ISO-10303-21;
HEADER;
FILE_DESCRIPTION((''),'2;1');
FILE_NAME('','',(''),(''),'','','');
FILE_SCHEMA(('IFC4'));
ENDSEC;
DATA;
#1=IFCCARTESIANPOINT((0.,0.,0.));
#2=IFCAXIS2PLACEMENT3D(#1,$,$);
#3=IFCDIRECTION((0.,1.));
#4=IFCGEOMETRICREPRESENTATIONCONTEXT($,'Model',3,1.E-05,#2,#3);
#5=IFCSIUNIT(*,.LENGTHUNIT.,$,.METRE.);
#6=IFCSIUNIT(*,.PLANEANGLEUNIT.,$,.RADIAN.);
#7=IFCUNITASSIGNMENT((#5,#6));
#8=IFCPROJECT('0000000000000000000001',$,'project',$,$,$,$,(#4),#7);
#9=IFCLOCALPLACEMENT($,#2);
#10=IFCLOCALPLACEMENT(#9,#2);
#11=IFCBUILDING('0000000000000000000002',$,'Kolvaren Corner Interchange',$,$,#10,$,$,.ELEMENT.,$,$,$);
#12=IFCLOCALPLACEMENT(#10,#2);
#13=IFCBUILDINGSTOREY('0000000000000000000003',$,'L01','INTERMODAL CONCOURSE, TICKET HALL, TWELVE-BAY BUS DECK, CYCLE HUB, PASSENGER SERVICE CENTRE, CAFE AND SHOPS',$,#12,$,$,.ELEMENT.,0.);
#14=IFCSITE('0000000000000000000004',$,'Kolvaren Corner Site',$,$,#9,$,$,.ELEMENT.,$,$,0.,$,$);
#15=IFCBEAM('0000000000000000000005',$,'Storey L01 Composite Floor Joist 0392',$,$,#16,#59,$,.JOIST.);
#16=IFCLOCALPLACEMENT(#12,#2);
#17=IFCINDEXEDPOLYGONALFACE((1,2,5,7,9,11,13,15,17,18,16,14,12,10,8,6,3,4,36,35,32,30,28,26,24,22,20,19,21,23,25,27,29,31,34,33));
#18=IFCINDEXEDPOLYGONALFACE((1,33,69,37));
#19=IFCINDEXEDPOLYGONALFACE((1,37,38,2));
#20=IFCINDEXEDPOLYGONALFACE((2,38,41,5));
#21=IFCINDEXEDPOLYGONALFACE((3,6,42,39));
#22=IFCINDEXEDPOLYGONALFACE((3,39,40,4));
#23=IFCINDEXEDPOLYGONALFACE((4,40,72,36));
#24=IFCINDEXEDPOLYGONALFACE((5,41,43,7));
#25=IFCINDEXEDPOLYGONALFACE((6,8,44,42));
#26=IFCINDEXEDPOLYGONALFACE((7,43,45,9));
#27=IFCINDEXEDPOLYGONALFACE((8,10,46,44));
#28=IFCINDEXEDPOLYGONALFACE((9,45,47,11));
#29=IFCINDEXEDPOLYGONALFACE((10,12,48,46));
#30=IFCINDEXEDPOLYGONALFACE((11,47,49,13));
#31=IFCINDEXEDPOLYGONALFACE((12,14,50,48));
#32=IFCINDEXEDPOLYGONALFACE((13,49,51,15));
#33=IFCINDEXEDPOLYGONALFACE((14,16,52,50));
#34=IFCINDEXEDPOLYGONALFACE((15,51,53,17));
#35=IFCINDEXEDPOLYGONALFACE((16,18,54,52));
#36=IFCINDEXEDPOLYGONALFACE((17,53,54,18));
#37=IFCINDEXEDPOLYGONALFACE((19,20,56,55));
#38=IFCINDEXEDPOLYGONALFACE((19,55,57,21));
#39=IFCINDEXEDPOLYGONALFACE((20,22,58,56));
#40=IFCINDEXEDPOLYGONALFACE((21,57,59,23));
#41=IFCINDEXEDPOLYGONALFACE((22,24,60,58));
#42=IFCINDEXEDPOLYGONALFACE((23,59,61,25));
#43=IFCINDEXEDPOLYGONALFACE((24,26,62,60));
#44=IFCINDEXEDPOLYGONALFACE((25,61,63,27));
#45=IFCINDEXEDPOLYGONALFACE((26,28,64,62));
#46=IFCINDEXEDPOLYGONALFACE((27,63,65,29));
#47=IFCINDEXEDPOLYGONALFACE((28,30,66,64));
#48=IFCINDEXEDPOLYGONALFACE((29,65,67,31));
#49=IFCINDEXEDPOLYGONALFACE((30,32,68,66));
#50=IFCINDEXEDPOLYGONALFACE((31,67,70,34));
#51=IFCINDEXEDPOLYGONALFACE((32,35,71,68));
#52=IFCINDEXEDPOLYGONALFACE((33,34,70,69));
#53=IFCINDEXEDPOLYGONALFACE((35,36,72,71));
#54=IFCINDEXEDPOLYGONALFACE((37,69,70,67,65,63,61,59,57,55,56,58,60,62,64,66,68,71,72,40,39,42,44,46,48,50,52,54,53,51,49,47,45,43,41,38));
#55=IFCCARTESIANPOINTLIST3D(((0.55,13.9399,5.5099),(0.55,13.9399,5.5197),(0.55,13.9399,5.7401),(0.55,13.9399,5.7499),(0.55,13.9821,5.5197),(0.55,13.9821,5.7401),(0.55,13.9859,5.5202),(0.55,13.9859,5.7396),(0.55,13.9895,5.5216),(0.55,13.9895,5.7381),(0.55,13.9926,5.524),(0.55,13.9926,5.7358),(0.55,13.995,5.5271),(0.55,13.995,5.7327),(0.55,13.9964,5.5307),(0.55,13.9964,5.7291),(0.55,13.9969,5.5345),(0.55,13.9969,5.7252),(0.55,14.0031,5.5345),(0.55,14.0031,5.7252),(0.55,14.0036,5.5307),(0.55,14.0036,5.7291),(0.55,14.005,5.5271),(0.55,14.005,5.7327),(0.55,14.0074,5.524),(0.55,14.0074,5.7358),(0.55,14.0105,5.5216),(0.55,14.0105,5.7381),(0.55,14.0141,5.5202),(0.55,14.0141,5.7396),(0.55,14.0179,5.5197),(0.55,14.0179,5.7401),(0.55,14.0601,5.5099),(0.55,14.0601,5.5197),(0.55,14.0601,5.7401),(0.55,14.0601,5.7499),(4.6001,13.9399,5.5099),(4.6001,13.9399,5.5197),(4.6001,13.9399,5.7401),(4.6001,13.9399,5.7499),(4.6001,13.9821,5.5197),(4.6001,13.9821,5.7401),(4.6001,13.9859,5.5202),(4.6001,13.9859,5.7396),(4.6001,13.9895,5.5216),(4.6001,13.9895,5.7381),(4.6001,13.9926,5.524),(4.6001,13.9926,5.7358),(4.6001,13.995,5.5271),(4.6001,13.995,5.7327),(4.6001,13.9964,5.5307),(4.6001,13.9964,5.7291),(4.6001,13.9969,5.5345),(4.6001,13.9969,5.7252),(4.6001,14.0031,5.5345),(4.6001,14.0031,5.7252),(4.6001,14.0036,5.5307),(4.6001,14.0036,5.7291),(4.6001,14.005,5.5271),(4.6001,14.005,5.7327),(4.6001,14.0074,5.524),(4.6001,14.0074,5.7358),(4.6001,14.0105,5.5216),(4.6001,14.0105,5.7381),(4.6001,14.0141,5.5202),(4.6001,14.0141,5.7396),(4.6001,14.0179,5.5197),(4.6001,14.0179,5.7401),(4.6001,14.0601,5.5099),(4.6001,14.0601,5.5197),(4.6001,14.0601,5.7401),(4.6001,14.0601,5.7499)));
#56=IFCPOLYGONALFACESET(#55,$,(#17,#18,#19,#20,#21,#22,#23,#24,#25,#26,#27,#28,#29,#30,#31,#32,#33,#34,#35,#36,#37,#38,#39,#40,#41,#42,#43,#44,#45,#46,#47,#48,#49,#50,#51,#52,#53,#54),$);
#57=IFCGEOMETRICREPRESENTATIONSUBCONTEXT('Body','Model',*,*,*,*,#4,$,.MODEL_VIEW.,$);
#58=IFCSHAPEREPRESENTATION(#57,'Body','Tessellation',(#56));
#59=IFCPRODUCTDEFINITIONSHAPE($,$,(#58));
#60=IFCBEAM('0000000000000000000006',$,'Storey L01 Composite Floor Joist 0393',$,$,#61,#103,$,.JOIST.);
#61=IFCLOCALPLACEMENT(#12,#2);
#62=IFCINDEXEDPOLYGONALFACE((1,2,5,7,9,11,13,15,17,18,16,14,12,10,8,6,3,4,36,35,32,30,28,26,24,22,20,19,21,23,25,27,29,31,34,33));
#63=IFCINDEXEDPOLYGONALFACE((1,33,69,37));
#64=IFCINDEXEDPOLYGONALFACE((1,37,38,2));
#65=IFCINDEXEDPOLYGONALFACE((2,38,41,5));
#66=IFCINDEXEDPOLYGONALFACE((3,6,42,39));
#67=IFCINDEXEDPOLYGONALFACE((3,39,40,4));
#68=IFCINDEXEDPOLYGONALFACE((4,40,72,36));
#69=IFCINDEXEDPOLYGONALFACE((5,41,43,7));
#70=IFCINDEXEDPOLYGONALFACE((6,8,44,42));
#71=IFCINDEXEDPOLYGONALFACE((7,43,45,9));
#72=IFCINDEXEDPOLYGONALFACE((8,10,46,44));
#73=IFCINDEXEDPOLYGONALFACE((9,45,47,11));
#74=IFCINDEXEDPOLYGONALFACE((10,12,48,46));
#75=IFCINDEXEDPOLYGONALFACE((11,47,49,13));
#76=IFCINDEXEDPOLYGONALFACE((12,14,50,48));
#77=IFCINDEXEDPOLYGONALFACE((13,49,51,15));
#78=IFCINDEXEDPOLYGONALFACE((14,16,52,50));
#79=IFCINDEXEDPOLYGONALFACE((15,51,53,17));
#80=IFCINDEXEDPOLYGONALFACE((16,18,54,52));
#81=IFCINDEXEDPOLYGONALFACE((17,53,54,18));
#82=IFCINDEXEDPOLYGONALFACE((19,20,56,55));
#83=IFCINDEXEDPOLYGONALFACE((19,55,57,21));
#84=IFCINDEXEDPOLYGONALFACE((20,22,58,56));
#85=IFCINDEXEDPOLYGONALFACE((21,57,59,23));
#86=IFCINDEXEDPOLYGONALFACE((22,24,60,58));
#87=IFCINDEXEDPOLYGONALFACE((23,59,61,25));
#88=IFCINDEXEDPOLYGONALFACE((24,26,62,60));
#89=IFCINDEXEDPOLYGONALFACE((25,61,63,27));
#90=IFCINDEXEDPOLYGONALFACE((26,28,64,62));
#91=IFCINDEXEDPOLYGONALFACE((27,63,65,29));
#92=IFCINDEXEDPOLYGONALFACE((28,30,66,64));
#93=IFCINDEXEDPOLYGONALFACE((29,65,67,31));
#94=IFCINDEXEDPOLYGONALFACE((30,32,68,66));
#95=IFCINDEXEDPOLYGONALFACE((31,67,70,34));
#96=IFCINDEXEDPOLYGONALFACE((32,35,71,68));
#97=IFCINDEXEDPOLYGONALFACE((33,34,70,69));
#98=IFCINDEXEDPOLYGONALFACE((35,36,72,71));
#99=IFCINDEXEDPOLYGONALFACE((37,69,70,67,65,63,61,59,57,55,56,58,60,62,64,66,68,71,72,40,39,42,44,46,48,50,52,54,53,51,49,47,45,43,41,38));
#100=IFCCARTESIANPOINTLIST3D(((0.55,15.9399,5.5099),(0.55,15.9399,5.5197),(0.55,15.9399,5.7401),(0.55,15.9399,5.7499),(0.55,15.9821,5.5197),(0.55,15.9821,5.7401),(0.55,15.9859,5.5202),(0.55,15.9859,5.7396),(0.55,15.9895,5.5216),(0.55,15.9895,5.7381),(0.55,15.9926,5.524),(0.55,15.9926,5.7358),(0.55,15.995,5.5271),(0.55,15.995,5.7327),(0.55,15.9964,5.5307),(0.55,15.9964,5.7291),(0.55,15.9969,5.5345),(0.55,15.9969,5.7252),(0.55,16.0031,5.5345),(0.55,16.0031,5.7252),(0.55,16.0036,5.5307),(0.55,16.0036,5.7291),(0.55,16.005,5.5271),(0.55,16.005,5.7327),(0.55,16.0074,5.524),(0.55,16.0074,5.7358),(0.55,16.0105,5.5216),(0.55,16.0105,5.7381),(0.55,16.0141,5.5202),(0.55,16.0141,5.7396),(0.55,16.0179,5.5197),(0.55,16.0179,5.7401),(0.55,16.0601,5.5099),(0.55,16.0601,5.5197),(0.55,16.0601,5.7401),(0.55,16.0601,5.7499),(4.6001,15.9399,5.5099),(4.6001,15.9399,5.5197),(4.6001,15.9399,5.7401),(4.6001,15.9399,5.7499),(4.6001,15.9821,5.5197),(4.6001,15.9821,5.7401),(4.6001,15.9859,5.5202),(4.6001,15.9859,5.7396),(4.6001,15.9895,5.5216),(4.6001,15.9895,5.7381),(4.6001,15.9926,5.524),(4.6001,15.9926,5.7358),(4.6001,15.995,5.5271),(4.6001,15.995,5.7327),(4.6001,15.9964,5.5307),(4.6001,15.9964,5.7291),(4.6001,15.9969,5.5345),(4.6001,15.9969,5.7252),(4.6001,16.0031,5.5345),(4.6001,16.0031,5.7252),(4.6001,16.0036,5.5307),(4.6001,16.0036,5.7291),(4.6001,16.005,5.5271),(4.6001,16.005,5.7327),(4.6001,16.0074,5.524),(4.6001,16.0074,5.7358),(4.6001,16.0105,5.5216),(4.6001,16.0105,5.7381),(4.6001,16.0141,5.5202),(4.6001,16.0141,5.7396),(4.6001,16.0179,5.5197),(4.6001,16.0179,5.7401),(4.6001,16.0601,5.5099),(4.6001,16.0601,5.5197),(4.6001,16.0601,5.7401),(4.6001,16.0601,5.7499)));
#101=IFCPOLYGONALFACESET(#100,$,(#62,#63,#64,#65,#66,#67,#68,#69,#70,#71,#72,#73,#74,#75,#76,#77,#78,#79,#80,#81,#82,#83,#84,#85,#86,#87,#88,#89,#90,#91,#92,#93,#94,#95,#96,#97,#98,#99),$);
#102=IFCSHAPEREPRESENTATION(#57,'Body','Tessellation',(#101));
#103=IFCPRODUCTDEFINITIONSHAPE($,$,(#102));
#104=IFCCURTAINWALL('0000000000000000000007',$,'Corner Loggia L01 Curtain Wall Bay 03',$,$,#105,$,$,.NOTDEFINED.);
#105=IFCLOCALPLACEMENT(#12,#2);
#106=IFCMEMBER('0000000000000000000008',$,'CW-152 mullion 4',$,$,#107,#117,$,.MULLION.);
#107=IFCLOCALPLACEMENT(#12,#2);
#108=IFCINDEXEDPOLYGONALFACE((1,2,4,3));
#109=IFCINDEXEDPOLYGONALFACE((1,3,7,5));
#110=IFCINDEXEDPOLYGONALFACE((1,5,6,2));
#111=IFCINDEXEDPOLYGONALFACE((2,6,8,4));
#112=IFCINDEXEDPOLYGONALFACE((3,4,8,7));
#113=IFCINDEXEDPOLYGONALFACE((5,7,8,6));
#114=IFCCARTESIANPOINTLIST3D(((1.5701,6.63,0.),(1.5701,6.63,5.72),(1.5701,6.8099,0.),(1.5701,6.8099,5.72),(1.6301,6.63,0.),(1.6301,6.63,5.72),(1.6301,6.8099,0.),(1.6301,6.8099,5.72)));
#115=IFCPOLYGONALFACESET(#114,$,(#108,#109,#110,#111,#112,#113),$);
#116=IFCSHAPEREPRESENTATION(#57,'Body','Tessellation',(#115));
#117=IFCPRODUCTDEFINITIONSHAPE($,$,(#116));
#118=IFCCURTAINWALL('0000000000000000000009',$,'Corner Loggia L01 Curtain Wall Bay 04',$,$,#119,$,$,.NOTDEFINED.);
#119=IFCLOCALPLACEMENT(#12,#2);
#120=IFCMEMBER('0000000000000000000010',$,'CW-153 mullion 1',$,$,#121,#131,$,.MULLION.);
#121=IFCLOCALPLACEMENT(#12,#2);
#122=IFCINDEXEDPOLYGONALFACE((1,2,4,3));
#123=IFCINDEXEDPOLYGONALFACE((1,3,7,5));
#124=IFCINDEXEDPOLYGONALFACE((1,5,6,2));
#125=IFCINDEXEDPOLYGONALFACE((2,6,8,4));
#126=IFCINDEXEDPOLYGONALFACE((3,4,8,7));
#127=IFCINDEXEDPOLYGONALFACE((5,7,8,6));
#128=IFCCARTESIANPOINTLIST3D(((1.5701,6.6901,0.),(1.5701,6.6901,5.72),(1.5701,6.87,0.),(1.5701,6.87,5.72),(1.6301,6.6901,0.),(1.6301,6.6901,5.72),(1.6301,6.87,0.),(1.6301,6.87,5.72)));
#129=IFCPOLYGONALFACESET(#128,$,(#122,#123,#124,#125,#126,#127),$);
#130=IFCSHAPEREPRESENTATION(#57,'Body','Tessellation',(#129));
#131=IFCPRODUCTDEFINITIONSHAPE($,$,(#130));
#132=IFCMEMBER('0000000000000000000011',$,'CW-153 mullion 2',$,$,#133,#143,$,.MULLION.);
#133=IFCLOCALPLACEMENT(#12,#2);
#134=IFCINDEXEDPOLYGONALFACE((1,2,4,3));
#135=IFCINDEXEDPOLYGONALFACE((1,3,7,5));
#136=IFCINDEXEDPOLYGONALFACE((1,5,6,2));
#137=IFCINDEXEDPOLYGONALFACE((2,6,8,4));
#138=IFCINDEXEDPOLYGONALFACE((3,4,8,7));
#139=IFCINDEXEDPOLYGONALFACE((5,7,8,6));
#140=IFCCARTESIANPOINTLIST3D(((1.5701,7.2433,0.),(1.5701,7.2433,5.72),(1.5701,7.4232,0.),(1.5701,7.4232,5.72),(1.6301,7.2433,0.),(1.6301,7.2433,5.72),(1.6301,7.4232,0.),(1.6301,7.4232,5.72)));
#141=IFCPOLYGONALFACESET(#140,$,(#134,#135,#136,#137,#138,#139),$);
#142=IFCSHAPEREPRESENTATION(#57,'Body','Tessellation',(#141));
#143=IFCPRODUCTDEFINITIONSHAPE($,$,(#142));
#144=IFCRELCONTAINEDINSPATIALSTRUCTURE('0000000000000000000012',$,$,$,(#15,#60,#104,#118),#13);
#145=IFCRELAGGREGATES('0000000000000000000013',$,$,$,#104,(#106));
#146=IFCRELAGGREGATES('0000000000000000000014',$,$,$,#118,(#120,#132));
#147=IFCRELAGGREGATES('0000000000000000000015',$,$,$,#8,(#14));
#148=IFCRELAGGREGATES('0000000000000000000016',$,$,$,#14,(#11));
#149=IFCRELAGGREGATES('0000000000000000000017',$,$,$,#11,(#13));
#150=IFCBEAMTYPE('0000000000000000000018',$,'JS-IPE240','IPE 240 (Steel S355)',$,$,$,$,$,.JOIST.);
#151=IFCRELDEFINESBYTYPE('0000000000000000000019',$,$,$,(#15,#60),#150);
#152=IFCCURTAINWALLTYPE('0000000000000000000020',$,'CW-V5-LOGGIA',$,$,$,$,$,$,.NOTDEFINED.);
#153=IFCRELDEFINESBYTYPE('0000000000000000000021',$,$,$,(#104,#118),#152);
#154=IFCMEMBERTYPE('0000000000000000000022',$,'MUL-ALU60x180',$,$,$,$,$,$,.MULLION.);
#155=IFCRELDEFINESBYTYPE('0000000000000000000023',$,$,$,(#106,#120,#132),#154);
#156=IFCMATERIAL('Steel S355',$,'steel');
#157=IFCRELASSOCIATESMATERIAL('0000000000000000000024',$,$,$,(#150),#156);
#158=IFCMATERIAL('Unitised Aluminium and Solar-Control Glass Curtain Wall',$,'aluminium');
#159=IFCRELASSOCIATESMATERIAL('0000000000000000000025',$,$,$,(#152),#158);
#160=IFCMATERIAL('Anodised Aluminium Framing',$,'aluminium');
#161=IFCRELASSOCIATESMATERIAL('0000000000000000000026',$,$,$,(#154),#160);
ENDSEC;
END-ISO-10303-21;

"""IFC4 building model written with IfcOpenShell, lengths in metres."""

from ifc_helpers import new_model, si_unit, direction, frame, origin, origin_2d, place, context, subcontext, project, spatial, rectangle, i_section, extrude, material, material_profile, profile_set, type_object, element, aggregate, save


model = new_model("IFC4")

# Units and contexts
model_context = context("Model", 3, precision=1e-05, world=origin(), true_north=direction((0.0, 1.0)))
body_context = subcontext(model_context, "Body", "Model", "MODEL_VIEW")
ifc_project = project(units=[si_unit("LENGTHUNIT", "METRE"), si_unit("PLANEANGLEUNIT", "RADIAN")], contexts=[model_context])

# Site, building, storey
site_placement = place(None, origin())
site = spatial("IfcSite", under=ifc_project, at=site_placement, Name="Kolvaren Corner Site", CompositionType="ELEMENT", RefElevation=0.0)
building_placement = place(site_placement, origin())
building = spatial("IfcBuilding", under=site, at=building_placement, Name="Kolvaren Corner Interchange", CompositionType="ELEMENT")
storey_placement = place(building_placement, origin())
storey = spatial("IfcBuildingStorey", under=building, at=storey_placement, Name="L01", Description="INTERMODAL CONCOURSE, TICKET HALL, TWELVE-BAY BUS DECK, CYCLE HUB, PASSENGER SERVICE CENTRE, CAFE AND SHOPS", CompositionType="ELEMENT", Elevation=0.0)

# Beams
ifc_material_1 = material(Name="Steel S355", Category="steel")
ifc_material_profile_1 = material_profile(ifc_material_1, i_section(OverallWidth=0.1201, OverallDepth=0.24, WebThickness=0.0061, FlangeThickness=0.0098, FilletRadius=0.0149, at=origin_2d()), Name="IPE 240")
ifc_profile_set_1 = profile_set([ifc_material_profile_1], Name="Steel S355")
beam_type_1 = type_object("IfcBeamType", Name="JS-IPE240", Description="IPE 240 (Steel S355)", PredefinedType="JOIST", material=ifc_profile_set_1)
for number, where, z_axis, x_axis, name in (
    (1, (0.55, 14.0, 5.6299), (1.0, 0.0, 0.0), (0.0, 1.0, 0.0), "Storey L01 Composite Floor Joist 0392"),
    (2, (0.55, 16.0, 5.6299), (1.0, 0.0, 0.0), (0.0, 1.0, 0.0), "Storey L01 Composite Floor Joist 0393"),
):
    element("IfcBeam", number, at=place(storey_placement, frame(where, z_axis=z_axis, x_axis=x_axis)), inside=storey, type_object=beam_type_1, Name=name, PredefinedType="JOIST", context=body_context, shape_type="SweptSolid", body=[
        extrude(i_section(OverallWidth=0.1201, OverallDepth=0.24, WebThickness=0.0061, FlangeThickness=0.0098, FilletRadius=0.0149, at=origin_2d()), origin(), (0.0, 0.0, 1.0), 4.05),
    ])

# Curtain wall, member
ifc_material_2 = material(Name="Unitised Aluminium and Solar-Control Glass Curtain Wall", Category="aluminium")
curtain_wall_type = type_object("IfcCurtainWallType", Name="CW-V5-LOGGIA", PredefinedType="NOTDEFINED", material=ifc_material_2)
curtain_wall_1_placement = place(storey_placement, origin())
curtain_wall_1 = element("IfcCurtainWall", 3, at=curtain_wall_1_placement, inside=storey, type_object=curtain_wall_type, Name="Corner Loggia L01 Curtain Wall Bay 03", PredefinedType="NOTDEFINED")
ifc_material_3 = material(Name="Anodised Aluminium Framing", Category="aluminium")
ifc_material_profile_2 = material_profile(ifc_material_3, rectangle(XDim=0.0601, YDim=0.1799, at=origin_2d()), Name="ALU 60x180")
ifc_profile_set_2 = profile_set([ifc_material_profile_2], Name="Anodised Aluminium Framing")
member_type_1 = type_object("IfcMemberType", Name="MUL-ALU60x180", PredefinedType="MULLION", material=ifc_profile_set_2)
member_1_placement = place(storey_placement, frame((1.6001, 6.72, 0.0), z_axis=(0.0, 0.0, 1.0), x_axis=(-1.0, 0.0, 0.0)))
member_1 = element("IfcMember", 4, at=member_1_placement, type_object=member_type_1, Name="CW-152 mullion 4", PredefinedType="MULLION", context=body_context, shape_type="SweptSolid", body=[
    extrude(rectangle(XDim=0.0601, YDim=0.1799, at=origin_2d()), origin(), (0.0, 0.0, 1.0), 5.72),
])

# Curtain wall, members
curtain_wall_2_placement = place(storey_placement, origin())
curtain_wall_2 = element("IfcCurtainWall", 5, at=curtain_wall_2_placement, inside=storey, type_object=curtain_wall_type, Name="Corner Loggia L01 Curtain Wall Bay 04", PredefinedType="NOTDEFINED")
member_2_placement = place(storey_placement, frame((1.6001, 6.78, 0.0), z_axis=(0.0, 0.0, 1.0), x_axis=(-1.0, 0.0, 0.0)))
member_2 = element("IfcMember", 6, at=member_2_placement, type_object=member_type_1, Name="CW-153 mullion 1", PredefinedType="MULLION", context=body_context, shape_type="SweptSolid", body=[
    extrude(rectangle(XDim=0.0601, YDim=0.1799, at=origin_2d()), origin(), (0.0, 0.0, 1.0), 5.72),
])
member_3_placement = place(storey_placement, frame((1.6001, 7.3333, 0.0), z_axis=(0.0, 0.0, 1.0), x_axis=(-1.0, 0.0, 0.0)))
member_3 = element("IfcMember", 7, at=member_3_placement, type_object=member_type_1, Name="CW-153 mullion 2", PredefinedType="MULLION", context=body_context, shape_type="SweptSolid", body=[
    extrude(rectangle(XDim=0.0601, YDim=0.1799, at=origin_2d()), origin(), (0.0, 0.0, 1.0), 5.72),
])

aggregate(curtain_wall_1, [member_1])
aggregate(curtain_wall_2, [member_2, member_3])

save(model, "model.ifc")
